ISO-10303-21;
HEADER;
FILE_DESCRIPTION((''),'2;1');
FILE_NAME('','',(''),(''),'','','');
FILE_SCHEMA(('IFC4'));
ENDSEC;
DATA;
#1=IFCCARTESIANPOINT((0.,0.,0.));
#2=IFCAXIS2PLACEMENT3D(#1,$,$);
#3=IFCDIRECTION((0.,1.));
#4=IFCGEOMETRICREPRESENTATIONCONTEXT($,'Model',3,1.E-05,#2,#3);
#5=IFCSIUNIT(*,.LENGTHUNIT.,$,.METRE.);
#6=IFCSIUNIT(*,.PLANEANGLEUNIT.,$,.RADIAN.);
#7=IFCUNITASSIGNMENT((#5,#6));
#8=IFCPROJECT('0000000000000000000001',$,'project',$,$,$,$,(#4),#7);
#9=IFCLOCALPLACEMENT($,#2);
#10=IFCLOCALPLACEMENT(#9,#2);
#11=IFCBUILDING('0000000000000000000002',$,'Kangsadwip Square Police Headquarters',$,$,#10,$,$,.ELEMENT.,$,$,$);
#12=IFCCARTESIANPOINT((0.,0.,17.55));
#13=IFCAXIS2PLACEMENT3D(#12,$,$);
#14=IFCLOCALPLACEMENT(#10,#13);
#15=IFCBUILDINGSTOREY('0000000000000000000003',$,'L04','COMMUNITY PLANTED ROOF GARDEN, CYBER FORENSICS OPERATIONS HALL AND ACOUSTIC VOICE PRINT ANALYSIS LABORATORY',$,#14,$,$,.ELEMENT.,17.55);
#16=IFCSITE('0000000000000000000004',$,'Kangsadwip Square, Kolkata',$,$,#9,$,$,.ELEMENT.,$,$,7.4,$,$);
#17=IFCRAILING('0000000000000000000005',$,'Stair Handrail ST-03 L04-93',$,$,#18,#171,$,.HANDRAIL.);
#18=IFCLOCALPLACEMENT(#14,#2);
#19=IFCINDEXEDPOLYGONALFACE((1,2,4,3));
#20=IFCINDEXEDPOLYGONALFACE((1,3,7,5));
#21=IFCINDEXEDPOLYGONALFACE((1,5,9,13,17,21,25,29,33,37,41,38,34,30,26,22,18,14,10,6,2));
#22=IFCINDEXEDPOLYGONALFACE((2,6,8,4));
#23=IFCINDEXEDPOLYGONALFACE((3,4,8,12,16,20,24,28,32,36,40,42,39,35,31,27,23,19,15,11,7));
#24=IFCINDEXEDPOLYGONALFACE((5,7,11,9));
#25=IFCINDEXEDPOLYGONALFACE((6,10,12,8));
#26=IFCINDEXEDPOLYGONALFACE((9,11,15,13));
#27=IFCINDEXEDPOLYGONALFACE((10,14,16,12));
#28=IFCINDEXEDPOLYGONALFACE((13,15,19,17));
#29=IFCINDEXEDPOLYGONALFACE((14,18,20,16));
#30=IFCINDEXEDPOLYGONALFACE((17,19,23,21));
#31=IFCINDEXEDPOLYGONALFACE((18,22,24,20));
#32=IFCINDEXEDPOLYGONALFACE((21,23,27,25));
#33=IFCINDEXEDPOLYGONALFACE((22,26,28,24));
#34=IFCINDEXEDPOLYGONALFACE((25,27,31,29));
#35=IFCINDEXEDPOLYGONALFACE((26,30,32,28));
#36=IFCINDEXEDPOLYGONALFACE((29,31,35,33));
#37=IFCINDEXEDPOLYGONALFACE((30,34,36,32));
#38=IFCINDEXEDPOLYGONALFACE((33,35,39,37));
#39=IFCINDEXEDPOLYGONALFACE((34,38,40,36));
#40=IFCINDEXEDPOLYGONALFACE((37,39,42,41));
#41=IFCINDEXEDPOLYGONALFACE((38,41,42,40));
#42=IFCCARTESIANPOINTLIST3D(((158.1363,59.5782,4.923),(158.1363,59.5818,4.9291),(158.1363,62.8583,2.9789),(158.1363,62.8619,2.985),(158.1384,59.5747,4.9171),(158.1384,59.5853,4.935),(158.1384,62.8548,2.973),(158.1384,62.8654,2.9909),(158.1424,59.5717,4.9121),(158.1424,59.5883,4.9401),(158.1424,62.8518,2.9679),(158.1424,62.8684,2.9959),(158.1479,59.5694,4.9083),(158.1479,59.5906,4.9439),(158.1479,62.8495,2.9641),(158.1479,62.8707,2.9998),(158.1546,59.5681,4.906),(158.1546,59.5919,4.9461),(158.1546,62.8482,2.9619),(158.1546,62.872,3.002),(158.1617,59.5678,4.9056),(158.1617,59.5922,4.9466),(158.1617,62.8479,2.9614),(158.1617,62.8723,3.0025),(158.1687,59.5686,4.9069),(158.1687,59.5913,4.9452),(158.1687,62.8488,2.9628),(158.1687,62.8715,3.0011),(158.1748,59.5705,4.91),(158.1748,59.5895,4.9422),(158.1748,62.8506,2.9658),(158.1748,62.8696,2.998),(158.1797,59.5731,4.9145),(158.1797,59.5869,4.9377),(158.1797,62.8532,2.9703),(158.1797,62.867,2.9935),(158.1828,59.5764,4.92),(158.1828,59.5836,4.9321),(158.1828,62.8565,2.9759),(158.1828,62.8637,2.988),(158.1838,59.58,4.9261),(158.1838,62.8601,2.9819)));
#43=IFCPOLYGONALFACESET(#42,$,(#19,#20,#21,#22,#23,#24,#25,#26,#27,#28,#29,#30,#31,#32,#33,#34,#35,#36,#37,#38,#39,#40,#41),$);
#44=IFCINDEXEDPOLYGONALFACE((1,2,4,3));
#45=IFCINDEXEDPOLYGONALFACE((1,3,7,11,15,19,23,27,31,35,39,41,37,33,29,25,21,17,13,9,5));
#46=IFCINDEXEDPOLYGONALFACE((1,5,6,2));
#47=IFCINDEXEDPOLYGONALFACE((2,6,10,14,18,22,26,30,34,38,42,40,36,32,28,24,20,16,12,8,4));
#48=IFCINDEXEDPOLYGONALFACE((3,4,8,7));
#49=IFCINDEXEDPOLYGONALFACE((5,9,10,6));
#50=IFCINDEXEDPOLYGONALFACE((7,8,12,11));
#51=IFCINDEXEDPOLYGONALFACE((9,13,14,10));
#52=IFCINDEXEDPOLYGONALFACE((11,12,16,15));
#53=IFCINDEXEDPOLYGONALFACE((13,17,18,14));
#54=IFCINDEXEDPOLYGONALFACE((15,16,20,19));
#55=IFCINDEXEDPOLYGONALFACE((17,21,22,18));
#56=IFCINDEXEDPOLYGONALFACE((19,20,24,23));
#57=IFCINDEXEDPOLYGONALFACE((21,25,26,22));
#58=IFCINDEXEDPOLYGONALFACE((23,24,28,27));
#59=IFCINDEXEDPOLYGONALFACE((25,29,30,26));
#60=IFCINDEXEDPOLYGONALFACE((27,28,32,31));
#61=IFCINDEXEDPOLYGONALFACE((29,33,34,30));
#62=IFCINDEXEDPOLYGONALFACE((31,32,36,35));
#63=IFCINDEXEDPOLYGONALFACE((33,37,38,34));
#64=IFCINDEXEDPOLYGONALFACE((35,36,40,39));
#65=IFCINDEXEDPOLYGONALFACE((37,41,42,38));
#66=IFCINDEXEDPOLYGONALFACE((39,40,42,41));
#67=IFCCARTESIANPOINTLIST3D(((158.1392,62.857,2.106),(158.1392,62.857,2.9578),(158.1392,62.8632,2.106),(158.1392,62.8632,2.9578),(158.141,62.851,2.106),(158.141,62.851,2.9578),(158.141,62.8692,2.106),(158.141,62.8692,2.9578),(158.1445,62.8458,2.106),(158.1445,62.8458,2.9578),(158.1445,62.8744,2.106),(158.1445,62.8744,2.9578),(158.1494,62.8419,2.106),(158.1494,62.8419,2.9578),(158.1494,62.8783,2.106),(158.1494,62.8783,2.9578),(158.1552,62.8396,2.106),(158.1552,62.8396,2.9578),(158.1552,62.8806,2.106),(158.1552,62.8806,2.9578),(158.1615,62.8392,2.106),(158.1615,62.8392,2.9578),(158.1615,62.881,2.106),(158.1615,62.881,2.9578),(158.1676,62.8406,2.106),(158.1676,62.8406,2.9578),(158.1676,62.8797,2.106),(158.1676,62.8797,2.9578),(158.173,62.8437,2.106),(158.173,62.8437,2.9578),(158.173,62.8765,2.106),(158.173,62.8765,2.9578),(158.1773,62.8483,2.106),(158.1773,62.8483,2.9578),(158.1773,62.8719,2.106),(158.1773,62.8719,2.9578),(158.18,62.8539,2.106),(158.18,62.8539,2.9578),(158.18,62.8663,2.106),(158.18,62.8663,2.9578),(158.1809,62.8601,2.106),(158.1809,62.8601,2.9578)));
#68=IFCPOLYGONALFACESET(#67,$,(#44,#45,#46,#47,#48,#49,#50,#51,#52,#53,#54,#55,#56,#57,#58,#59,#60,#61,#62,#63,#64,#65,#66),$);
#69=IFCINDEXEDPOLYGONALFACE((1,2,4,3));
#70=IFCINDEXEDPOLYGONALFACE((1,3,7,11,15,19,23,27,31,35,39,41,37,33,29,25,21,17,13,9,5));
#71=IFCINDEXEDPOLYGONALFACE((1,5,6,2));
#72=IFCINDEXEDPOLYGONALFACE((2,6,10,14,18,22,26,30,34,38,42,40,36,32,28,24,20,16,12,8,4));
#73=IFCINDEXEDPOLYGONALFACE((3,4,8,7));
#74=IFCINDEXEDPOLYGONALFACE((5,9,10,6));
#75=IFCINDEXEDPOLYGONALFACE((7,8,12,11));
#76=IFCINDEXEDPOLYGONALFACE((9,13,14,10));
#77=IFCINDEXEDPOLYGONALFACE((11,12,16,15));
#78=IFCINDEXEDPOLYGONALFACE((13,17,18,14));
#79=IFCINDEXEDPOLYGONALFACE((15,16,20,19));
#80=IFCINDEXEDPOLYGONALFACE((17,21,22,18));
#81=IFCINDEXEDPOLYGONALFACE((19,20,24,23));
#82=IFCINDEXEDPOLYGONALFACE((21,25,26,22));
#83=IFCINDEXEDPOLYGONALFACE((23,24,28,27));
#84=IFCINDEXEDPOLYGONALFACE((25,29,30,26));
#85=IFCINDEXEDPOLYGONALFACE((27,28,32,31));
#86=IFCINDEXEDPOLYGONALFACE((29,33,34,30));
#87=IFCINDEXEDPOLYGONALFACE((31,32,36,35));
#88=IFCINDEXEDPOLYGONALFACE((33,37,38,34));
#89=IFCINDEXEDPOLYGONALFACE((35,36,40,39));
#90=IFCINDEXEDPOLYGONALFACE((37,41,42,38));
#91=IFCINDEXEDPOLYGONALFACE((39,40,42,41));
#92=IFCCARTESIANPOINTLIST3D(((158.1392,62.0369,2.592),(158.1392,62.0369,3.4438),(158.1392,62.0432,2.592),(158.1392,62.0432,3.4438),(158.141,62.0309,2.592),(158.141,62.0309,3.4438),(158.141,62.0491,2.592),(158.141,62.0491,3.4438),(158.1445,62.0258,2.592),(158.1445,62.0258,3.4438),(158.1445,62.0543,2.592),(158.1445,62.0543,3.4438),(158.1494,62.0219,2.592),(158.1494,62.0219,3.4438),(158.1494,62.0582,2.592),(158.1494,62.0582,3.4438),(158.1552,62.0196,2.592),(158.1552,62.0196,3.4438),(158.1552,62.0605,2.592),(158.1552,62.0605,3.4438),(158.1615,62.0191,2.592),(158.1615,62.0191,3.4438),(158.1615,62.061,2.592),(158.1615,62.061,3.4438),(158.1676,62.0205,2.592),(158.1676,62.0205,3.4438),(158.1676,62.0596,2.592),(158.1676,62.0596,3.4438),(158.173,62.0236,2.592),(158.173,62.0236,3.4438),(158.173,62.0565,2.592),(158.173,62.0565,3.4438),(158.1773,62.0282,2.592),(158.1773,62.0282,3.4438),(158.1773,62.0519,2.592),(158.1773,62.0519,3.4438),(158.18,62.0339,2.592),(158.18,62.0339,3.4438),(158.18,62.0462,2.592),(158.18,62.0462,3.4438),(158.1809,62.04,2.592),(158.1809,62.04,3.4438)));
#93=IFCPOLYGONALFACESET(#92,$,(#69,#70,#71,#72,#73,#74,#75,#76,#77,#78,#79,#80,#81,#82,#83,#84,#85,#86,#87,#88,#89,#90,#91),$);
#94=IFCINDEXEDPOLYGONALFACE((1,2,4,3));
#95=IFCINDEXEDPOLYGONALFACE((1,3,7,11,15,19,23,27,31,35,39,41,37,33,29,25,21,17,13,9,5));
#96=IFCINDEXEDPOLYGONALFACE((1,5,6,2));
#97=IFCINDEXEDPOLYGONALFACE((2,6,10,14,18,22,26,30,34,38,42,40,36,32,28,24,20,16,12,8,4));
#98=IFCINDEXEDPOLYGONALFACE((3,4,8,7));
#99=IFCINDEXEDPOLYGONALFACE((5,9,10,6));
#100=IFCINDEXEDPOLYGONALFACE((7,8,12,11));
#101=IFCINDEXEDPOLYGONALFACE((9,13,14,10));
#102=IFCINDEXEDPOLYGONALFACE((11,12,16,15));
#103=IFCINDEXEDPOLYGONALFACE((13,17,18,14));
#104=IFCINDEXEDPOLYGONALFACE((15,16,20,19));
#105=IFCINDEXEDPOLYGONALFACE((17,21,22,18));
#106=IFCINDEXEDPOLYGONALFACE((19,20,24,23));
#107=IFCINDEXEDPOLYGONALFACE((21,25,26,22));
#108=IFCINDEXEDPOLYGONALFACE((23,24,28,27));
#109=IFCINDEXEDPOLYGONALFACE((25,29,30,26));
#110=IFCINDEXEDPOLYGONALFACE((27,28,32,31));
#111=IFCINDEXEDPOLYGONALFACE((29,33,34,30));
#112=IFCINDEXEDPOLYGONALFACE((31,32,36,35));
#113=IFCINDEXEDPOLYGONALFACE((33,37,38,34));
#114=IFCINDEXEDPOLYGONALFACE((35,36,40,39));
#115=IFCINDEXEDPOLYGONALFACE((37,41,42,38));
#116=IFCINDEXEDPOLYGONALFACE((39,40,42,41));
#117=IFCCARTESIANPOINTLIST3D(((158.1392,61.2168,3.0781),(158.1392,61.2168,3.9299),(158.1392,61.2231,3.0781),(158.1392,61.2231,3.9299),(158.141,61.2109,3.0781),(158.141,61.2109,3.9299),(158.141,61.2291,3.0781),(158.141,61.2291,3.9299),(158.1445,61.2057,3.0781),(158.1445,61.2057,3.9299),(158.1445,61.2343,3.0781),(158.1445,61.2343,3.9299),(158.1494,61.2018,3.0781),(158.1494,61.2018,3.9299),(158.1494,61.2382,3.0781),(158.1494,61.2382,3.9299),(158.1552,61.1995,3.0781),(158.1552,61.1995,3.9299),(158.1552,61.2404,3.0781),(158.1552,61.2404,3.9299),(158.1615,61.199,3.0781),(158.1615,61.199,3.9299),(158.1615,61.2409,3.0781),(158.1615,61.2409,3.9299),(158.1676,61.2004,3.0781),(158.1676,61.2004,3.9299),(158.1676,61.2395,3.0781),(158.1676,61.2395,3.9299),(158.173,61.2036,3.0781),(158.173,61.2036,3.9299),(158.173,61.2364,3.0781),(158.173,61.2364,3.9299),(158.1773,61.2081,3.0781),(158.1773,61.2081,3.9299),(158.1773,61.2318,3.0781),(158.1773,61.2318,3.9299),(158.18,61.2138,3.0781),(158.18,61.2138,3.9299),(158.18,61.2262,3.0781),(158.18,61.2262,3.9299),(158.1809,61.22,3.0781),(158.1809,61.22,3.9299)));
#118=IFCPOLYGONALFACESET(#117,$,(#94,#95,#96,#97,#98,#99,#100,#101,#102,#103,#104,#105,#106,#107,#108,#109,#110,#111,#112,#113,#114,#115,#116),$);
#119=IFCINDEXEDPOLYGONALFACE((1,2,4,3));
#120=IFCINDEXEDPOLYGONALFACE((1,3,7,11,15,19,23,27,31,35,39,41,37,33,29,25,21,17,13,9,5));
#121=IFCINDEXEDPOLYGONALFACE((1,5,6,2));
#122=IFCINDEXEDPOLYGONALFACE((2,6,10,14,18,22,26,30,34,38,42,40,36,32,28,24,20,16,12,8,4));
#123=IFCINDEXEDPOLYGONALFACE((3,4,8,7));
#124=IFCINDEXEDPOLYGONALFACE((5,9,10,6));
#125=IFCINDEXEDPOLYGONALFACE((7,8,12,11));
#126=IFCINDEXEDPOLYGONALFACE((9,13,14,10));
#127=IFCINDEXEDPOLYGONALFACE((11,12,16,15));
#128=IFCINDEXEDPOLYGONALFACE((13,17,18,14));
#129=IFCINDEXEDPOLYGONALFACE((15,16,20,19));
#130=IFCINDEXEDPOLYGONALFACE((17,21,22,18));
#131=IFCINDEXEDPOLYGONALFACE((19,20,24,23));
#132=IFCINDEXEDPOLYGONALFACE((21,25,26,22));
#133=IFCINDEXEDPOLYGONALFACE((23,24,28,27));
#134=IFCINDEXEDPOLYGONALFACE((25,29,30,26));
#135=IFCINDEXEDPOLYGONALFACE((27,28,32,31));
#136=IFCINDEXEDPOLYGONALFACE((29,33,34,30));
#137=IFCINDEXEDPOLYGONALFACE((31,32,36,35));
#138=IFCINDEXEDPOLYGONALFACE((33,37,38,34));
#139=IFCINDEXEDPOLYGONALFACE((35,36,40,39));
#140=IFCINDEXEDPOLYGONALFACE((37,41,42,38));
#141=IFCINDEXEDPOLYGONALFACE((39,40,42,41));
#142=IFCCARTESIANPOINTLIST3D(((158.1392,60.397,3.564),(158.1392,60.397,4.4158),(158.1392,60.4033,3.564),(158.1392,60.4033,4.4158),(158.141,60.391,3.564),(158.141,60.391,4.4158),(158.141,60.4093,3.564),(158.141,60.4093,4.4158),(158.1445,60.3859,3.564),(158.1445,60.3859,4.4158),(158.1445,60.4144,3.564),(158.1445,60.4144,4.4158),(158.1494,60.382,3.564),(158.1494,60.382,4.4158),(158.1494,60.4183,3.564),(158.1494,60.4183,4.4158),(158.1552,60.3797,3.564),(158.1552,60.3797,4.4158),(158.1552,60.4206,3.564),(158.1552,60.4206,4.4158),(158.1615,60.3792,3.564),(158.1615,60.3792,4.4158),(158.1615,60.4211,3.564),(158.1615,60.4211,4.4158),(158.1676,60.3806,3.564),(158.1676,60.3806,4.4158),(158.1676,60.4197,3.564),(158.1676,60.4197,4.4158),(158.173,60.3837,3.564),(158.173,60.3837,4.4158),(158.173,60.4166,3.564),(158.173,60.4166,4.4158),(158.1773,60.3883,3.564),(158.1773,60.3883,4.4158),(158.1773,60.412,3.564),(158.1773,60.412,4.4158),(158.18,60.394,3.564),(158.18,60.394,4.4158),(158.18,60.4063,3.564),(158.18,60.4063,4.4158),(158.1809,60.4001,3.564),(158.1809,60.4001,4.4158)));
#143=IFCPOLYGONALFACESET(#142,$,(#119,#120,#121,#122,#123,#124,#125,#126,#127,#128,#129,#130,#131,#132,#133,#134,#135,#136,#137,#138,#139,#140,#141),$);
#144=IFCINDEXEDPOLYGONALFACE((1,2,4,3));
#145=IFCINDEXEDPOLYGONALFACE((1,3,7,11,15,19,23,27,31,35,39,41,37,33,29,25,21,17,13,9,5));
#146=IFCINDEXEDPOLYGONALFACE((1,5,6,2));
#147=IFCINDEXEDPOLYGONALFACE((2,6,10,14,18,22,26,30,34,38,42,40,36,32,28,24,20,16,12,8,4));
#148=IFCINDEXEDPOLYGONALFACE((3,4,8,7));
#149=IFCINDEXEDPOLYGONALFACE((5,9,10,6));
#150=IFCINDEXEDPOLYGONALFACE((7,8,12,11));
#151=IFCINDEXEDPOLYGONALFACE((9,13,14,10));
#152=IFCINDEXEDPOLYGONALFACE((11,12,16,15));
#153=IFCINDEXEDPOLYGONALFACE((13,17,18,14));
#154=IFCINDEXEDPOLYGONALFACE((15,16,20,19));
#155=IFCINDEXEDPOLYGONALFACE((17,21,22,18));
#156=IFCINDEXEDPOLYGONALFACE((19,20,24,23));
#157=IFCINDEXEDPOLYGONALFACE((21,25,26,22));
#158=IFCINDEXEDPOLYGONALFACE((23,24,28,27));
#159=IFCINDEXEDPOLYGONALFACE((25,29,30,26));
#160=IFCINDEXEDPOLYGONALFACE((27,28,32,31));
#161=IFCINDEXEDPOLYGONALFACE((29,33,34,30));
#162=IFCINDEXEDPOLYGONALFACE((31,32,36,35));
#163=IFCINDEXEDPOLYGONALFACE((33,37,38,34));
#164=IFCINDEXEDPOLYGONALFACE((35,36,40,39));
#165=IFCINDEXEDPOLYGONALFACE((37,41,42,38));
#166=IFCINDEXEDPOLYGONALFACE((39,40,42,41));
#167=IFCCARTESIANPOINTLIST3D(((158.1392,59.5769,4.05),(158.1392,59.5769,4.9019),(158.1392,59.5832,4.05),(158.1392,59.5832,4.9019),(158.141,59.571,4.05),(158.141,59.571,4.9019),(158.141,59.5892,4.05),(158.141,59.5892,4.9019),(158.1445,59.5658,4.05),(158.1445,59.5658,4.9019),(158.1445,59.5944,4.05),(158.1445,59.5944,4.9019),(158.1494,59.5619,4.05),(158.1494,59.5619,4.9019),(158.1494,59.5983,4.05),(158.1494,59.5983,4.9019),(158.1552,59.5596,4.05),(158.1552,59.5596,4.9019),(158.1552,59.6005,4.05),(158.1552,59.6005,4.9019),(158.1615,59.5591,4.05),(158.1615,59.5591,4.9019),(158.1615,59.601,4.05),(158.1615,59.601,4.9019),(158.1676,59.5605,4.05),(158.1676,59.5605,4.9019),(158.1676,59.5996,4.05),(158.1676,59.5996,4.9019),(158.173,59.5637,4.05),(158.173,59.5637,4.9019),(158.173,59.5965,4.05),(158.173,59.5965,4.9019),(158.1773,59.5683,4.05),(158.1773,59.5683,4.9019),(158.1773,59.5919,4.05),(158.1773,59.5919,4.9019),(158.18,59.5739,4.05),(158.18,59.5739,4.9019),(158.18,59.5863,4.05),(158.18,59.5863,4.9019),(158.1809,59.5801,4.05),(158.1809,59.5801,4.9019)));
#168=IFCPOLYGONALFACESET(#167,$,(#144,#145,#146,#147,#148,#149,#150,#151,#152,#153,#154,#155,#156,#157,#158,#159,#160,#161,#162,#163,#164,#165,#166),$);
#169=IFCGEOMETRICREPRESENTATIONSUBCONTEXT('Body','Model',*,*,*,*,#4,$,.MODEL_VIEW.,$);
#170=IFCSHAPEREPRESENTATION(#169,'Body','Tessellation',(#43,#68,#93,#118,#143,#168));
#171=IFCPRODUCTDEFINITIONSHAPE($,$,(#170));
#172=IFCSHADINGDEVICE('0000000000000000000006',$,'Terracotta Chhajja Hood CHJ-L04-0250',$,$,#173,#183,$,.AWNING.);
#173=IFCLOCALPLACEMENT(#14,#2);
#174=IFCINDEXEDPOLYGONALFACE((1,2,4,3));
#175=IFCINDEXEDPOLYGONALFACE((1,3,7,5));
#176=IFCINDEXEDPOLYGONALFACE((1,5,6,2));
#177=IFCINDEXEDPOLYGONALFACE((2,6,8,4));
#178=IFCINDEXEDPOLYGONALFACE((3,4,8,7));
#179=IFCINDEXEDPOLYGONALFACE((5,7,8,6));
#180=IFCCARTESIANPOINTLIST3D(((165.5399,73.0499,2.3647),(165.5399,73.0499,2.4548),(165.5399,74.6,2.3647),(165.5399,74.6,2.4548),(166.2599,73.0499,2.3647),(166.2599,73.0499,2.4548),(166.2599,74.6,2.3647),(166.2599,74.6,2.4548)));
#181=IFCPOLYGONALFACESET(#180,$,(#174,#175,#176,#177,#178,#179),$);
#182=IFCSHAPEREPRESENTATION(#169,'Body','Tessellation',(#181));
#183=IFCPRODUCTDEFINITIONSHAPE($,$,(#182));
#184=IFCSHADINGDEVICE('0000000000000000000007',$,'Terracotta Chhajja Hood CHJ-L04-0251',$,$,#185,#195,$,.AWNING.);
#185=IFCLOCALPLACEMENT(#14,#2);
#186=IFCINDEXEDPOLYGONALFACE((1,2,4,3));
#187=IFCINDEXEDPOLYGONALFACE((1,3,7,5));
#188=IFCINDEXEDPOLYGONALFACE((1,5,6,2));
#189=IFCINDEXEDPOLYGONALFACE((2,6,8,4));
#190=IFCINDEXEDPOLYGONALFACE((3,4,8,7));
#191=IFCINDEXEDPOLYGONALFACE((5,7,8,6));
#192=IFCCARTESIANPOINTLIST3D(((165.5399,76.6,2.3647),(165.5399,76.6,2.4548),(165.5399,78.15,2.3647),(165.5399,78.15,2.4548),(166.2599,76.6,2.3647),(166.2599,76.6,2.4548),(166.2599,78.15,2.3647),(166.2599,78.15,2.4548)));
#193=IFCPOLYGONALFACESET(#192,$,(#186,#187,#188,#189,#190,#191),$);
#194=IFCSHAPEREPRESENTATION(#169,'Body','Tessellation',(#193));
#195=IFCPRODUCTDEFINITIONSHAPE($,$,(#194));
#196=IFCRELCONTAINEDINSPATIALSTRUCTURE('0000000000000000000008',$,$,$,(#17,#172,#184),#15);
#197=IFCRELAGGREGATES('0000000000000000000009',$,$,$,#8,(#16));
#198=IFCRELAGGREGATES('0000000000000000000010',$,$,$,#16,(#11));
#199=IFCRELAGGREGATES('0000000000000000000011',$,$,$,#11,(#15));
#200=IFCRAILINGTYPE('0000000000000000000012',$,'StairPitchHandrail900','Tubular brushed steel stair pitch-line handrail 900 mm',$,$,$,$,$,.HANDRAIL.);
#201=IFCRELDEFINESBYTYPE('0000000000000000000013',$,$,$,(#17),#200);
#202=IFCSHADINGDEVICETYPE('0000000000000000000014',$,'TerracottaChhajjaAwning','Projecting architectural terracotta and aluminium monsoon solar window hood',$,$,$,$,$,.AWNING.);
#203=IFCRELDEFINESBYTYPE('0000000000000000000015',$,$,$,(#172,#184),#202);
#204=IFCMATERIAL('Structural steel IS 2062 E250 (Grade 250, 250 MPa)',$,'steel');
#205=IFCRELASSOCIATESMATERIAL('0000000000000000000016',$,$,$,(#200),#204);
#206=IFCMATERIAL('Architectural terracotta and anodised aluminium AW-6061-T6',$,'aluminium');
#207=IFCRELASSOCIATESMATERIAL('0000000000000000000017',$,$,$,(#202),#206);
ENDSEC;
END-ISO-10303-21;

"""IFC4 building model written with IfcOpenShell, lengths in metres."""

from ifc_helpers import new_model, si_unit, direction, frame, origin, origin_2d, place, context, subcontext, project, spatial, rectangle, circle, extrude, material, type_object, element, save


model = new_model("IFC4")

# Units and contexts
model_context = context("Model", 3, precision=1e-05, world=origin(), true_north=direction((0.0, 1.0)))
body_context = subcontext(model_context, "Body", "Model", "MODEL_VIEW")
ifc_project = project(units=[si_unit("LENGTHUNIT", "METRE"), si_unit("PLANEANGLEUNIT", "RADIAN")], contexts=[model_context])

# Site, building, storey
site_placement = place(None, origin())
site = spatial("IfcSite", under=ifc_project, at=site_placement, Name="Kangsadwip Square, Kolkata", CompositionType="ELEMENT", RefElevation=7.4)
building_placement = place(site_placement, origin())
building = spatial("IfcBuilding", under=site, at=building_placement, Name="Kangsadwip Square Police Headquarters", CompositionType="ELEMENT")
storey_placement = place(building_placement, frame((0.0, 0.0, 17.55)))
storey = spatial("IfcBuildingStorey", under=building, at=storey_placement, Name="L04", Description="COMMUNITY PLANTED ROOF GARDEN, CYBER FORENSICS OPERATIONS HALL AND ACOUSTIC VOICE PRINT ANALYSIS LABORATORY", CompositionType="ELEMENT", Elevation=17.55)

# Railing
ifc_material_1 = material(Name="Structural steel IS 2062 E250 (Grade 250, 250 MPa)", Category="steel")
railing_type = type_object("IfcRailingType", Name="StairPitchHandrail900", Description="Tubular brushed steel stair pitch-line handrail 900 mm", PredefinedType="HANDRAIL", material=ifc_material_1)
railing_placement = place(storey_placement, frame((158.1599, 62.8601, 2.106)))
element("IfcRailing", 1, at=railing_placement, inside=storey, type_object=railing_type, Name="Stair Handrail ST-03 L04-93", PredefinedType="HANDRAIL", context=body_context, shape_type="SweptSolid", body=[
    extrude(circle(Radius=0.0239, at=origin_2d()), frame((0.0, 0.0, 0.876), z_axis=(0.0, -0.860249, 0.509874), x_axis=(1.0, 0.0, 0.0)), (0.0, 0.0, 1.0), 3.813),
    extrude(circle(Radius=0.021, at=origin_2d()), origin(), (0.0, 0.0, 1.0), 0.8518),
    extrude(circle(Radius=0.021, at=origin_2d()), frame((0.0, -0.8201, 0.4861)), (0.0, 0.0, 1.0), 0.8518),
    extrude(circle(Radius=0.021, at=origin_2d()), frame((0.0, -1.6401, 0.9722)), (0.0, 0.0, 1.0), 0.8518),
    extrude(circle(Radius=0.021, at=origin_2d()), frame((0.0, -2.46, 1.458)), (0.0, 0.0, 1.0), 0.8518),
    extrude(circle(Radius=0.021, at=origin_2d()), frame((0.0, -3.28, 1.9441)), (0.0, 0.0, 1.0), 0.8518),
])

# Shading devices
ifc_material_2 = material(Name="Architectural terracotta and anodised aluminium AW-6061-T6", Category="aluminium")
shading_device_type = type_object("IfcShadingDeviceType", Name="TerracottaChhajjaAwning", Description="Projecting architectural terracotta and aluminium monsoon solar window hood", PredefinedType="AWNING", material=ifc_material_2)
for number, where, z_axis, x_axis, name in (
    (2, (165.8999, 73.825, 2.3647), (0.0, 0.0, 1.0), (0.0, 1.0, 0.0), "Terracotta Chhajja Hood CHJ-L04-0250"),
    (3, (165.8999, 77.375, 2.3647), (0.0, 0.0, 1.0), (0.0, 1.0, 0.0), "Terracotta Chhajja Hood CHJ-L04-0251"),
):
    element("IfcShadingDevice", number, at=place(storey_placement, frame(where, z_axis=z_axis, x_axis=x_axis)), inside=storey, type_object=shading_device_type, Name=name, PredefinedType="AWNING", context=body_context, shape_type="SweptSolid", body=[
        extrude(rectangle(XDim=1.55, YDim=0.72, at=origin_2d()), origin(), (0.0, 0.0, 1.0), 0.0901),
    ])

save(model, "model.ifc")
